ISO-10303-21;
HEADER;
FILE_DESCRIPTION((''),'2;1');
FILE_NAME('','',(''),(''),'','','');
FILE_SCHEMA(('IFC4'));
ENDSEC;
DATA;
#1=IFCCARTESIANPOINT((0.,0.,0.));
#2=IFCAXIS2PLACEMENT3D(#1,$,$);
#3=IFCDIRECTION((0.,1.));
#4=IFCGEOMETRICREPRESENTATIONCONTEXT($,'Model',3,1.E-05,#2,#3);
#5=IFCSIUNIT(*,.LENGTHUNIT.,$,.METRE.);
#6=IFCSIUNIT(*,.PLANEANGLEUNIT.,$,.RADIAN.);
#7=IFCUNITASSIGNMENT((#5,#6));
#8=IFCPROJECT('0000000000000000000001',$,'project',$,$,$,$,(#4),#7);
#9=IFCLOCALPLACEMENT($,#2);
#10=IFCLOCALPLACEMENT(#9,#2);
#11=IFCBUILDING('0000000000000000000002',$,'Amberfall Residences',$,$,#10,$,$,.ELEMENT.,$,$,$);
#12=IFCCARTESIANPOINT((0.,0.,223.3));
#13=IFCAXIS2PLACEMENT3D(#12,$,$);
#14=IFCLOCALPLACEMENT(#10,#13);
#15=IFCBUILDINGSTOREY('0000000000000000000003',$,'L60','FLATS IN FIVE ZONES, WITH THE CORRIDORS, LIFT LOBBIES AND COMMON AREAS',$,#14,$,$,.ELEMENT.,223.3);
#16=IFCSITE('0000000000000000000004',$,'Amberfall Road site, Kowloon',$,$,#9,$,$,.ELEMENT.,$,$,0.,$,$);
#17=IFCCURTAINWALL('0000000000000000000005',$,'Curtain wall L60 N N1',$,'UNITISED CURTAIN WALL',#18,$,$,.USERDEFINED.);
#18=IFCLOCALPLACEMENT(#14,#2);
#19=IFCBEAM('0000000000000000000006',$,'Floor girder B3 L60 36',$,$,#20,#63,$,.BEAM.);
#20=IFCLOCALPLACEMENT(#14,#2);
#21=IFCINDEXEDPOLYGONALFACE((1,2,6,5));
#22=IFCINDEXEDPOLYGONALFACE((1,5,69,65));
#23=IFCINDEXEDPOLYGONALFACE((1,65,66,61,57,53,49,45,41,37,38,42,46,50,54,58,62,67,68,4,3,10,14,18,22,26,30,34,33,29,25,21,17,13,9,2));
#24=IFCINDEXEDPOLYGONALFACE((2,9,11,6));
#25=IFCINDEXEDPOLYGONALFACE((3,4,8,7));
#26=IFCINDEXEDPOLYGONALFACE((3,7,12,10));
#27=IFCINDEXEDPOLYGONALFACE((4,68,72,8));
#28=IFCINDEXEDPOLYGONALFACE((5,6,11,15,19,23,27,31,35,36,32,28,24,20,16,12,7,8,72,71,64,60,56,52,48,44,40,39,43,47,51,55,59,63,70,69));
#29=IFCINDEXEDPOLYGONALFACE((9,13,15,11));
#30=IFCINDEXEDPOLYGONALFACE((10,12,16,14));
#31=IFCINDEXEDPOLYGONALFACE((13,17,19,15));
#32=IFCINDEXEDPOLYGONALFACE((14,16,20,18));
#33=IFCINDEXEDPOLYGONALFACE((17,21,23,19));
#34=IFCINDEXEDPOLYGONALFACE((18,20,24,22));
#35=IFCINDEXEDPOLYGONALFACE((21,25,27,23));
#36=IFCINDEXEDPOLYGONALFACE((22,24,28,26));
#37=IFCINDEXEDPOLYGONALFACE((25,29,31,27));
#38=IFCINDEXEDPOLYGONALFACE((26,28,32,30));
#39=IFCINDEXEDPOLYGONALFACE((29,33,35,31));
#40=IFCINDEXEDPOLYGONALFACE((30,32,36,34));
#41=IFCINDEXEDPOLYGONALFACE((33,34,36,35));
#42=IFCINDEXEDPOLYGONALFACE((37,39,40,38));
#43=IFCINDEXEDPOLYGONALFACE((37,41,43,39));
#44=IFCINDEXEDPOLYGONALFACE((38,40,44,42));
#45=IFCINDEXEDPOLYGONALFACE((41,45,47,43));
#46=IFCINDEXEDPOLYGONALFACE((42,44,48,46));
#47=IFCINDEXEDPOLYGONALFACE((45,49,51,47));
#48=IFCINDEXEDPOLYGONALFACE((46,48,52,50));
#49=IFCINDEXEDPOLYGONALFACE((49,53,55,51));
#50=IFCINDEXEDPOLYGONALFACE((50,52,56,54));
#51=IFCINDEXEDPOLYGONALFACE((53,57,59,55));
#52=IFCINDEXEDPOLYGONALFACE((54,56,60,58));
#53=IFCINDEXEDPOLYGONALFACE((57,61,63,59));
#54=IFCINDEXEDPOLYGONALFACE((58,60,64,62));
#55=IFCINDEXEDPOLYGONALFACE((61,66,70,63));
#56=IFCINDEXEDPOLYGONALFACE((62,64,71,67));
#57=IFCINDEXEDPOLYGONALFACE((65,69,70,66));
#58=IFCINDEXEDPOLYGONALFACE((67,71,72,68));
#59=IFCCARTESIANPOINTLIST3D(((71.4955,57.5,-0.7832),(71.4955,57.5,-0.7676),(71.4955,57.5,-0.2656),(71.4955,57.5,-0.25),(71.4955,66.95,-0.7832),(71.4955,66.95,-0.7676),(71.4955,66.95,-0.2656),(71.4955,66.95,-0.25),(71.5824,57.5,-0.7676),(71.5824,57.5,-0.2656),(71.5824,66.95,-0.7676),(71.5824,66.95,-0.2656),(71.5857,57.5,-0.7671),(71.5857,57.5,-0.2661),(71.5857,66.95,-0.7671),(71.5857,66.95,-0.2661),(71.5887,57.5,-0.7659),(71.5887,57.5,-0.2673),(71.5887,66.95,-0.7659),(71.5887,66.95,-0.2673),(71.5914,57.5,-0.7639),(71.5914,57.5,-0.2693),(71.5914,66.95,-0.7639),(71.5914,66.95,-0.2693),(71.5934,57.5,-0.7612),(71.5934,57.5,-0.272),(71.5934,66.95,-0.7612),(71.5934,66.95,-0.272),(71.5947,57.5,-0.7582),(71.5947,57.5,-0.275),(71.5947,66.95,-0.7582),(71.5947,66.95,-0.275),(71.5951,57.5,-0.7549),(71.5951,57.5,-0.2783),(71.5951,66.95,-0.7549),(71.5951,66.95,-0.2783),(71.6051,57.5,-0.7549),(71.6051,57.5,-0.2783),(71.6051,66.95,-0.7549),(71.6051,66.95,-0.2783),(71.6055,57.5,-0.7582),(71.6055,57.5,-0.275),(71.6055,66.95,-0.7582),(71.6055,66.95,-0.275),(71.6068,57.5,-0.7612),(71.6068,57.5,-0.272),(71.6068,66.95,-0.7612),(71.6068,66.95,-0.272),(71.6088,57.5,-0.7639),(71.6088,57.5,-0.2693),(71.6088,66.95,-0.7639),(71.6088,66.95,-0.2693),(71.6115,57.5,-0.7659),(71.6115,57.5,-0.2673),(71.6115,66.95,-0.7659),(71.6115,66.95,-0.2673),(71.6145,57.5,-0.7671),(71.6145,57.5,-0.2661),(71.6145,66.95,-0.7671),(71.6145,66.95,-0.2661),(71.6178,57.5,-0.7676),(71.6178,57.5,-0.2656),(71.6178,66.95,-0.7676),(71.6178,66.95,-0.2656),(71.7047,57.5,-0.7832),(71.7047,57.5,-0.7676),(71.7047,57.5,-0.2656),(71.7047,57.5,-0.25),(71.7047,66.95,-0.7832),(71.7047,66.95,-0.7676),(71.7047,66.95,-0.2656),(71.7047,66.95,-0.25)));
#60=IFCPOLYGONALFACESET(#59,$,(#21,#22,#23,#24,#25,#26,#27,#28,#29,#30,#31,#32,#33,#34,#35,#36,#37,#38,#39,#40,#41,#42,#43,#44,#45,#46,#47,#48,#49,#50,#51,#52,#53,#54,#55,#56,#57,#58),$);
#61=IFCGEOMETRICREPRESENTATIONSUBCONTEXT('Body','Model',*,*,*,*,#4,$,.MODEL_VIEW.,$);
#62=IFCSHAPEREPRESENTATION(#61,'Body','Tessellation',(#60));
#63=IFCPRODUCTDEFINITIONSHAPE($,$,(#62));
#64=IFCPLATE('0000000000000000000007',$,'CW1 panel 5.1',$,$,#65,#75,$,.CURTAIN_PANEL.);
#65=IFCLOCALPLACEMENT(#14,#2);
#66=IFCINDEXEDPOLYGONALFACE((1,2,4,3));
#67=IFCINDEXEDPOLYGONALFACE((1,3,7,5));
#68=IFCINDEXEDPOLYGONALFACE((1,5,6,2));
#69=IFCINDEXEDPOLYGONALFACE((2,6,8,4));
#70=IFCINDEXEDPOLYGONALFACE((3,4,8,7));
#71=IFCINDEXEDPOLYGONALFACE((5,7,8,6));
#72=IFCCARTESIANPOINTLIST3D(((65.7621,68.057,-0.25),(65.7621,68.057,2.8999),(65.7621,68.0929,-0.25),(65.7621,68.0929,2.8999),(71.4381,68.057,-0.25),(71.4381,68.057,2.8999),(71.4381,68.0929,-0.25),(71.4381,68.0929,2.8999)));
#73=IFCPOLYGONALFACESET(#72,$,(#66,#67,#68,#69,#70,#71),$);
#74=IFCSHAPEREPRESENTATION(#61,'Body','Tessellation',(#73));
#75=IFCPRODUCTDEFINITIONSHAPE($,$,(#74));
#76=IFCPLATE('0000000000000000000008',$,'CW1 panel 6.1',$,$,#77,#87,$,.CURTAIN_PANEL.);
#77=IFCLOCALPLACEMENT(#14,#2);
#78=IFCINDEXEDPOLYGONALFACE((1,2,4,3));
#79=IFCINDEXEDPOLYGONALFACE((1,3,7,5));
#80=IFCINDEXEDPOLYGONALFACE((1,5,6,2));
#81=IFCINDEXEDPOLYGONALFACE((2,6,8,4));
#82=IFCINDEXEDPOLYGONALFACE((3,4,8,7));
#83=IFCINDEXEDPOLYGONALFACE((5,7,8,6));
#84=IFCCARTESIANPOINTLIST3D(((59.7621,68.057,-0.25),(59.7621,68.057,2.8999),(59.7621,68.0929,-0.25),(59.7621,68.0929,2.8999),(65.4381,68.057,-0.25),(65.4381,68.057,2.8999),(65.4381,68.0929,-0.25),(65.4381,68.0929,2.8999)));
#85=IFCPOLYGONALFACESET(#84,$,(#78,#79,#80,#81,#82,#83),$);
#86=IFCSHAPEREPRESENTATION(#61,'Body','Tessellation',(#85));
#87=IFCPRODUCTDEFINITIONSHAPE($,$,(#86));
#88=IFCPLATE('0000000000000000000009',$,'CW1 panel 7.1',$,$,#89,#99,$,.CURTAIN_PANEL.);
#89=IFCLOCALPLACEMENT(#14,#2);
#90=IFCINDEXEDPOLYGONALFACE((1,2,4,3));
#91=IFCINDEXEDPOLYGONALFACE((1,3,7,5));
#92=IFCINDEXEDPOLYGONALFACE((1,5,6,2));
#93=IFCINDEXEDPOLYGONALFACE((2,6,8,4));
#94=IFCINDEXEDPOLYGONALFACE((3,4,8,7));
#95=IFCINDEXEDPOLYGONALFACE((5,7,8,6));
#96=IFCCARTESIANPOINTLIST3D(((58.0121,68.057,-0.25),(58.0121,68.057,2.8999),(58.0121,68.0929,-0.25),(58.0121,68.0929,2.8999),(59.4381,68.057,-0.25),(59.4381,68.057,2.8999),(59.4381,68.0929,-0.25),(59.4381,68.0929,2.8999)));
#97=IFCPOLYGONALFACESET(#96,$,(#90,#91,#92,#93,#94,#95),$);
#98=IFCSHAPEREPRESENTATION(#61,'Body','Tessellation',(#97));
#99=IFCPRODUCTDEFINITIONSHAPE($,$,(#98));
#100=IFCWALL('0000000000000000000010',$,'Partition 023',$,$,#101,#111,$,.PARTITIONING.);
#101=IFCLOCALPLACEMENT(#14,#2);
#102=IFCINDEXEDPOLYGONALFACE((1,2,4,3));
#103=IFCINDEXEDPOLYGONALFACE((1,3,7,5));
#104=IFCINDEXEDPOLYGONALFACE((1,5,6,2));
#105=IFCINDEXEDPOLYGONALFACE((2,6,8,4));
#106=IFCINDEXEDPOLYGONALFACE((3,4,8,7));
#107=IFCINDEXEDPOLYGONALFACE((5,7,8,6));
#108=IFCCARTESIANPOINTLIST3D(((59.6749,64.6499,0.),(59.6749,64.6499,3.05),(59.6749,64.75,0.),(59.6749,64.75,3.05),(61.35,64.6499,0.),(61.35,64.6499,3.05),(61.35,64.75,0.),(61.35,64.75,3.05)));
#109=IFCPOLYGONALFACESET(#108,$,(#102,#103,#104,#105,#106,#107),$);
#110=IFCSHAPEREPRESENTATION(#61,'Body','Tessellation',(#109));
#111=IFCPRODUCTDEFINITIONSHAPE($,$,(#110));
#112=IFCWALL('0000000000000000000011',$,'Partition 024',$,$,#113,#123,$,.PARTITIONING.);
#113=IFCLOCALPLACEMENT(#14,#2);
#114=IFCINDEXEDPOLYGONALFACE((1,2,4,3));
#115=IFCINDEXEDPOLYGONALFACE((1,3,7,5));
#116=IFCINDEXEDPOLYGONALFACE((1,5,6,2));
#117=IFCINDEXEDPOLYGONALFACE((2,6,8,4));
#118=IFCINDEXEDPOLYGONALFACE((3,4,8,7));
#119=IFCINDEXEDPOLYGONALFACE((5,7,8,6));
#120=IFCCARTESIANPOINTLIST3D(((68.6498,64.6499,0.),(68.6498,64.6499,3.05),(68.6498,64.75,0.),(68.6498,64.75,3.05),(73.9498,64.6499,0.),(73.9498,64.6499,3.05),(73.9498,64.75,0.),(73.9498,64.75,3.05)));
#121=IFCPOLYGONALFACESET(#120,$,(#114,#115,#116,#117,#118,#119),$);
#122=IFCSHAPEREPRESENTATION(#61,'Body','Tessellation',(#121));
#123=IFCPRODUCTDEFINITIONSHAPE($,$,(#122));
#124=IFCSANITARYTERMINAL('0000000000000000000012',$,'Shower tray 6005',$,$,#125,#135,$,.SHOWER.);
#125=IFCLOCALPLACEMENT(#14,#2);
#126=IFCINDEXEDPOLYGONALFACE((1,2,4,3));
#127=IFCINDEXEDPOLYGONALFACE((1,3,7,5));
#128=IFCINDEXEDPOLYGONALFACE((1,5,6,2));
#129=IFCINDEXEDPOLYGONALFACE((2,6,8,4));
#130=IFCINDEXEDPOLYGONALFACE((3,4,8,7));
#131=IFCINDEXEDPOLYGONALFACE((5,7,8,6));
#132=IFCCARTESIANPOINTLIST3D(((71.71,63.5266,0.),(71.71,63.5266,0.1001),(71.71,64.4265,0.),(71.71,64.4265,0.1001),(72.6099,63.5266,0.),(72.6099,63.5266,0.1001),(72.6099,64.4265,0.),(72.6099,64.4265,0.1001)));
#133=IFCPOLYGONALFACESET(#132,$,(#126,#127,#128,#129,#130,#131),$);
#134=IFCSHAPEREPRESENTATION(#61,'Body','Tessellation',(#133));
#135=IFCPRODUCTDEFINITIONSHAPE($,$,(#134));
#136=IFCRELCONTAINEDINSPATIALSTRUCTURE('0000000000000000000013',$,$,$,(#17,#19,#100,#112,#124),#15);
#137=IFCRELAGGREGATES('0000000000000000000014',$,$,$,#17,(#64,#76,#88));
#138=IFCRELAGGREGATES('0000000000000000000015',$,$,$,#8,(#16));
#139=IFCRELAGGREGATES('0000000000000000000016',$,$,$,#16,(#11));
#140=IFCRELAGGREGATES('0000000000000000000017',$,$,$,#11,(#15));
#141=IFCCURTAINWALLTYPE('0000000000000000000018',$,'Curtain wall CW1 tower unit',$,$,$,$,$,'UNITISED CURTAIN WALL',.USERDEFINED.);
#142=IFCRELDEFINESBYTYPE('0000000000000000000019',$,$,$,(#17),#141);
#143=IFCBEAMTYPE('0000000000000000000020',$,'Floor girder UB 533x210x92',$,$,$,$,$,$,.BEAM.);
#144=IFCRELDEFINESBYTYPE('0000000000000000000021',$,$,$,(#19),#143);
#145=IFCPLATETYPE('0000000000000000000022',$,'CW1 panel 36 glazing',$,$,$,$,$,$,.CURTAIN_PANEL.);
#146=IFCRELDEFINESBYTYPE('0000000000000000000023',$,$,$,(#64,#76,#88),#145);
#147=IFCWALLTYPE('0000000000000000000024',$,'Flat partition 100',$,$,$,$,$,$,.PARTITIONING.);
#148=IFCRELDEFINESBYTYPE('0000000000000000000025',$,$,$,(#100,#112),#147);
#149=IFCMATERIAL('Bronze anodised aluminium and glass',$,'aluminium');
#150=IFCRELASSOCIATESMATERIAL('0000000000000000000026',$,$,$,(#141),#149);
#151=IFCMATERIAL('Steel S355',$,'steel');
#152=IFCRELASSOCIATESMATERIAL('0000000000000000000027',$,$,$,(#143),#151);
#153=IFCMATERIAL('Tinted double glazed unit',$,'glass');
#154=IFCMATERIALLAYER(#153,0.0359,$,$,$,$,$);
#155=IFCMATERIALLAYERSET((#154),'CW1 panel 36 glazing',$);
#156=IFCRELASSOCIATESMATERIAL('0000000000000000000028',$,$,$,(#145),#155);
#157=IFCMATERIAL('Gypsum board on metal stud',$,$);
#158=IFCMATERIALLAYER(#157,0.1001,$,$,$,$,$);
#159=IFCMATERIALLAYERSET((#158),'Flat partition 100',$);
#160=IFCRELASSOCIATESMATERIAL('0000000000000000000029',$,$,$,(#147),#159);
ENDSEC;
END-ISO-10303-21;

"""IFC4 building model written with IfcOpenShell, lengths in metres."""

from ifc_helpers import new_model, si_unit, direction, frame, frame_2d, origin, origin_2d, place, context, subcontext, project, spatial, rectangle, i_section, extrude, material, layer, layer_set, material_profile, profile_set, type_object, element, aggregate, save


model = new_model("IFC4")

# Units and contexts
model_context = context("Model", 3, precision=1e-05, world=origin(), true_north=direction((0.0, 1.0)))
body_context = subcontext(model_context, "Body", "Model", "MODEL_VIEW")
ifc_project = project(units=[si_unit("LENGTHUNIT", "METRE"), si_unit("PLANEANGLEUNIT", "RADIAN")], contexts=[model_context])

# Site, building, storey
site_placement = place(None, origin())
site = spatial("IfcSite", under=ifc_project, at=site_placement, Name="Amberfall Road site, Kowloon", CompositionType="ELEMENT", RefElevation=0.0)
building_placement = place(site_placement, origin())
building = spatial("IfcBuilding", under=site, at=building_placement, Name="Amberfall Residences", CompositionType="ELEMENT")
storey_placement = place(building_placement, frame((0.0, 0.0, 223.3)))
storey = spatial("IfcBuildingStorey", under=building, at=storey_placement, Name="L60", Description="FLATS IN FIVE ZONES, WITH THE CORRIDORS, LIFT LOBBIES AND COMMON AREAS", CompositionType="ELEMENT", Elevation=223.3)

# Curtain wall
ifc_material_1 = material(Name="Bronze anodised aluminium and glass", Category="aluminium")
curtain_wall_type = type_object("IfcCurtainWallType", Name="Curtain wall CW1 tower unit", ElementType="UNITISED CURTAIN WALL", PredefinedType="USERDEFINED", material=ifc_material_1)
curtain_wall_placement = place(storey_placement, origin())
curtain_wall = element("IfcCurtainWall", 1, at=curtain_wall_placement, inside=storey, type_object=curtain_wall_type, Name="Curtain wall L60 N N1", ObjectType="UNITISED CURTAIN WALL", PredefinedType="USERDEFINED")

# Shared definitions
ifc_material_2 = material(Name="Steel S355", Category="steel")

# Beam
ifc_material_profile_1 = material_profile(ifc_material_2, i_section(OverallWidth=0.2092, OverallDepth=0.5332, WebThickness=0.01, FlangeThickness=0.0156, FilletRadius=0.0127, at=origin_2d()), Name="UB 533x210x92")
ifc_profile_set_1 = profile_set([ifc_material_profile_1], Name="Steel S355")
beam_type_1 = type_object("IfcBeamType", Name="Floor girder UB 533x210x92", PredefinedType="BEAM", material=ifc_profile_set_1)
for number, where, z_axis, x_axis, name in (
    (2, (71.6001, 66.95, -0.5166), (0.0, -1.0, 0.0), (1.0, 0.0, 0.0), "Floor girder B3 L60 36"),
):
    element("IfcBeam", number, at=place(storey_placement, frame(where, z_axis=z_axis, x_axis=x_axis)), inside=storey, type_object=beam_type_1, Name=name, PredefinedType="BEAM", context=body_context, shape_type="SweptSolid", body=[
        extrude(i_section(OverallWidth=0.2092, OverallDepth=0.5332, WebThickness=0.01, FlangeThickness=0.0156, FilletRadius=0.0127, at=origin_2d()), origin(), (0.0, 0.0, 1.0), 9.45),
    ])

# Plates
ifc_material_3 = material(Name="Tinted double glazed unit", Category="glass")
ifc_layer_1 = layer(ifc_material_3, 0.0359)
ifc_layer_set_1 = layer_set([ifc_layer_1], Name="CW1 panel 36 glazing")
plate_type = type_object("IfcPlateType", Name="CW1 panel 36 glazing", PredefinedType="CURTAIN_PANEL", material=ifc_layer_set_1)
plate_1_placement = place(storey_placement, frame((68.6001, 68.075, -0.25), z_axis=(0.0, 0.0, 1.0), x_axis=(-1.0, 0.0, 0.0)))
plate_1 = element("IfcPlate", 3, at=plate_1_placement, type_object=plate_type, Name="CW1 panel 5.1", PredefinedType="CURTAIN_PANEL", context=body_context, shape_type="SweptSolid", body=[
    extrude(rectangle(XDim=5.676, YDim=0.0359, at=origin_2d()), origin(), (0.0, 0.0, 1.0), 3.1499),
])
plate_2_placement = place(storey_placement, frame((62.6001, 68.075, -0.25), z_axis=(0.0, 0.0, 1.0), x_axis=(-1.0, 0.0, 0.0)))
plate_2 = element("IfcPlate", 4, at=plate_2_placement, type_object=plate_type, Name="CW1 panel 6.1", PredefinedType="CURTAIN_PANEL", context=body_context, shape_type="SweptSolid", body=[
    extrude(rectangle(XDim=5.676, YDim=0.0359, at=origin_2d()), origin(), (0.0, 0.0, 1.0), 3.1499),
])
plate_3_placement = place(storey_placement, frame((58.7251, 68.075, -0.25), z_axis=(0.0, 0.0, 1.0), x_axis=(-1.0, 0.0, 0.0)))
plate_3 = element("IfcPlate", 5, at=plate_3_placement, type_object=plate_type, Name="CW1 panel 7.1", PredefinedType="CURTAIN_PANEL", context=body_context, shape_type="SweptSolid", body=[
    extrude(rectangle(XDim=1.426, YDim=0.0359, at=origin_2d()), origin(), (0.0, 0.0, 1.0), 3.1499),
])
aggregate(curtain_wall, [plate_1, plate_2, plate_3])

# Walls
ifc_material_4 = material(Name="Gypsum board on metal stud")
ifc_layer_2 = layer(ifc_material_4, 0.1001)
ifc_layer_set_2 = layer_set([ifc_layer_2], Name="Flat partition 100")
wall_type = type_object("IfcWallType", Name="Flat partition 100", PredefinedType="PARTITIONING", material=ifc_layer_set_2)
wall_1_placement = place(storey_placement, frame((59.675, 64.7, 0.0), z_axis=(0.0, 0.0, 1.0), x_axis=(1.0, 0.0, 0.0)))
element("IfcWall", 6, at=wall_1_placement, inside=storey, type_object=wall_type, Name="Partition 023", PredefinedType="PARTITIONING", context=body_context, shape_type="SweptSolid", body=[
    extrude(rectangle(XDim=1.675, YDim=0.1001, at=frame_2d((0.8374, 0.0))), origin(), (0.0, 0.0, 1.0), 3.05),
])
wall_2_placement = place(storey_placement, frame((68.6499, 64.7, 0.0), z_axis=(0.0, 0.0, 1.0), x_axis=(1.0, 0.0, 0.0)))
element("IfcWall", 7, at=wall_2_placement, inside=storey, type_object=wall_type, Name="Partition 024", PredefinedType="PARTITIONING", context=body_context, shape_type="SweptSolid", body=[
    extrude(rectangle(XDim=5.3, YDim=0.1001, at=frame_2d((2.6499, 0.0))), origin(), (0.0, 0.0, 1.0), 3.05),
])

# Sanitary terminal
sanitary_terminal_placement = place(storey_placement, frame((72.1599, 63.9766, 0.0), z_axis=(0.0, 0.0, 1.0), x_axis=(1.0, 0.0, 0.0)))
element("IfcSanitaryTerminal", 8, at=sanitary_terminal_placement, inside=storey, Name="Shower tray 6005", PredefinedType="SHOWER", context=body_context, shape_type="SweptSolid", body=[
    extrude(rectangle(XDim=0.8999, YDim=0.8999, at=origin_2d()), origin(), (0.0, 0.0, 1.0), 0.1001),
])

save(model, "model.ifc")
